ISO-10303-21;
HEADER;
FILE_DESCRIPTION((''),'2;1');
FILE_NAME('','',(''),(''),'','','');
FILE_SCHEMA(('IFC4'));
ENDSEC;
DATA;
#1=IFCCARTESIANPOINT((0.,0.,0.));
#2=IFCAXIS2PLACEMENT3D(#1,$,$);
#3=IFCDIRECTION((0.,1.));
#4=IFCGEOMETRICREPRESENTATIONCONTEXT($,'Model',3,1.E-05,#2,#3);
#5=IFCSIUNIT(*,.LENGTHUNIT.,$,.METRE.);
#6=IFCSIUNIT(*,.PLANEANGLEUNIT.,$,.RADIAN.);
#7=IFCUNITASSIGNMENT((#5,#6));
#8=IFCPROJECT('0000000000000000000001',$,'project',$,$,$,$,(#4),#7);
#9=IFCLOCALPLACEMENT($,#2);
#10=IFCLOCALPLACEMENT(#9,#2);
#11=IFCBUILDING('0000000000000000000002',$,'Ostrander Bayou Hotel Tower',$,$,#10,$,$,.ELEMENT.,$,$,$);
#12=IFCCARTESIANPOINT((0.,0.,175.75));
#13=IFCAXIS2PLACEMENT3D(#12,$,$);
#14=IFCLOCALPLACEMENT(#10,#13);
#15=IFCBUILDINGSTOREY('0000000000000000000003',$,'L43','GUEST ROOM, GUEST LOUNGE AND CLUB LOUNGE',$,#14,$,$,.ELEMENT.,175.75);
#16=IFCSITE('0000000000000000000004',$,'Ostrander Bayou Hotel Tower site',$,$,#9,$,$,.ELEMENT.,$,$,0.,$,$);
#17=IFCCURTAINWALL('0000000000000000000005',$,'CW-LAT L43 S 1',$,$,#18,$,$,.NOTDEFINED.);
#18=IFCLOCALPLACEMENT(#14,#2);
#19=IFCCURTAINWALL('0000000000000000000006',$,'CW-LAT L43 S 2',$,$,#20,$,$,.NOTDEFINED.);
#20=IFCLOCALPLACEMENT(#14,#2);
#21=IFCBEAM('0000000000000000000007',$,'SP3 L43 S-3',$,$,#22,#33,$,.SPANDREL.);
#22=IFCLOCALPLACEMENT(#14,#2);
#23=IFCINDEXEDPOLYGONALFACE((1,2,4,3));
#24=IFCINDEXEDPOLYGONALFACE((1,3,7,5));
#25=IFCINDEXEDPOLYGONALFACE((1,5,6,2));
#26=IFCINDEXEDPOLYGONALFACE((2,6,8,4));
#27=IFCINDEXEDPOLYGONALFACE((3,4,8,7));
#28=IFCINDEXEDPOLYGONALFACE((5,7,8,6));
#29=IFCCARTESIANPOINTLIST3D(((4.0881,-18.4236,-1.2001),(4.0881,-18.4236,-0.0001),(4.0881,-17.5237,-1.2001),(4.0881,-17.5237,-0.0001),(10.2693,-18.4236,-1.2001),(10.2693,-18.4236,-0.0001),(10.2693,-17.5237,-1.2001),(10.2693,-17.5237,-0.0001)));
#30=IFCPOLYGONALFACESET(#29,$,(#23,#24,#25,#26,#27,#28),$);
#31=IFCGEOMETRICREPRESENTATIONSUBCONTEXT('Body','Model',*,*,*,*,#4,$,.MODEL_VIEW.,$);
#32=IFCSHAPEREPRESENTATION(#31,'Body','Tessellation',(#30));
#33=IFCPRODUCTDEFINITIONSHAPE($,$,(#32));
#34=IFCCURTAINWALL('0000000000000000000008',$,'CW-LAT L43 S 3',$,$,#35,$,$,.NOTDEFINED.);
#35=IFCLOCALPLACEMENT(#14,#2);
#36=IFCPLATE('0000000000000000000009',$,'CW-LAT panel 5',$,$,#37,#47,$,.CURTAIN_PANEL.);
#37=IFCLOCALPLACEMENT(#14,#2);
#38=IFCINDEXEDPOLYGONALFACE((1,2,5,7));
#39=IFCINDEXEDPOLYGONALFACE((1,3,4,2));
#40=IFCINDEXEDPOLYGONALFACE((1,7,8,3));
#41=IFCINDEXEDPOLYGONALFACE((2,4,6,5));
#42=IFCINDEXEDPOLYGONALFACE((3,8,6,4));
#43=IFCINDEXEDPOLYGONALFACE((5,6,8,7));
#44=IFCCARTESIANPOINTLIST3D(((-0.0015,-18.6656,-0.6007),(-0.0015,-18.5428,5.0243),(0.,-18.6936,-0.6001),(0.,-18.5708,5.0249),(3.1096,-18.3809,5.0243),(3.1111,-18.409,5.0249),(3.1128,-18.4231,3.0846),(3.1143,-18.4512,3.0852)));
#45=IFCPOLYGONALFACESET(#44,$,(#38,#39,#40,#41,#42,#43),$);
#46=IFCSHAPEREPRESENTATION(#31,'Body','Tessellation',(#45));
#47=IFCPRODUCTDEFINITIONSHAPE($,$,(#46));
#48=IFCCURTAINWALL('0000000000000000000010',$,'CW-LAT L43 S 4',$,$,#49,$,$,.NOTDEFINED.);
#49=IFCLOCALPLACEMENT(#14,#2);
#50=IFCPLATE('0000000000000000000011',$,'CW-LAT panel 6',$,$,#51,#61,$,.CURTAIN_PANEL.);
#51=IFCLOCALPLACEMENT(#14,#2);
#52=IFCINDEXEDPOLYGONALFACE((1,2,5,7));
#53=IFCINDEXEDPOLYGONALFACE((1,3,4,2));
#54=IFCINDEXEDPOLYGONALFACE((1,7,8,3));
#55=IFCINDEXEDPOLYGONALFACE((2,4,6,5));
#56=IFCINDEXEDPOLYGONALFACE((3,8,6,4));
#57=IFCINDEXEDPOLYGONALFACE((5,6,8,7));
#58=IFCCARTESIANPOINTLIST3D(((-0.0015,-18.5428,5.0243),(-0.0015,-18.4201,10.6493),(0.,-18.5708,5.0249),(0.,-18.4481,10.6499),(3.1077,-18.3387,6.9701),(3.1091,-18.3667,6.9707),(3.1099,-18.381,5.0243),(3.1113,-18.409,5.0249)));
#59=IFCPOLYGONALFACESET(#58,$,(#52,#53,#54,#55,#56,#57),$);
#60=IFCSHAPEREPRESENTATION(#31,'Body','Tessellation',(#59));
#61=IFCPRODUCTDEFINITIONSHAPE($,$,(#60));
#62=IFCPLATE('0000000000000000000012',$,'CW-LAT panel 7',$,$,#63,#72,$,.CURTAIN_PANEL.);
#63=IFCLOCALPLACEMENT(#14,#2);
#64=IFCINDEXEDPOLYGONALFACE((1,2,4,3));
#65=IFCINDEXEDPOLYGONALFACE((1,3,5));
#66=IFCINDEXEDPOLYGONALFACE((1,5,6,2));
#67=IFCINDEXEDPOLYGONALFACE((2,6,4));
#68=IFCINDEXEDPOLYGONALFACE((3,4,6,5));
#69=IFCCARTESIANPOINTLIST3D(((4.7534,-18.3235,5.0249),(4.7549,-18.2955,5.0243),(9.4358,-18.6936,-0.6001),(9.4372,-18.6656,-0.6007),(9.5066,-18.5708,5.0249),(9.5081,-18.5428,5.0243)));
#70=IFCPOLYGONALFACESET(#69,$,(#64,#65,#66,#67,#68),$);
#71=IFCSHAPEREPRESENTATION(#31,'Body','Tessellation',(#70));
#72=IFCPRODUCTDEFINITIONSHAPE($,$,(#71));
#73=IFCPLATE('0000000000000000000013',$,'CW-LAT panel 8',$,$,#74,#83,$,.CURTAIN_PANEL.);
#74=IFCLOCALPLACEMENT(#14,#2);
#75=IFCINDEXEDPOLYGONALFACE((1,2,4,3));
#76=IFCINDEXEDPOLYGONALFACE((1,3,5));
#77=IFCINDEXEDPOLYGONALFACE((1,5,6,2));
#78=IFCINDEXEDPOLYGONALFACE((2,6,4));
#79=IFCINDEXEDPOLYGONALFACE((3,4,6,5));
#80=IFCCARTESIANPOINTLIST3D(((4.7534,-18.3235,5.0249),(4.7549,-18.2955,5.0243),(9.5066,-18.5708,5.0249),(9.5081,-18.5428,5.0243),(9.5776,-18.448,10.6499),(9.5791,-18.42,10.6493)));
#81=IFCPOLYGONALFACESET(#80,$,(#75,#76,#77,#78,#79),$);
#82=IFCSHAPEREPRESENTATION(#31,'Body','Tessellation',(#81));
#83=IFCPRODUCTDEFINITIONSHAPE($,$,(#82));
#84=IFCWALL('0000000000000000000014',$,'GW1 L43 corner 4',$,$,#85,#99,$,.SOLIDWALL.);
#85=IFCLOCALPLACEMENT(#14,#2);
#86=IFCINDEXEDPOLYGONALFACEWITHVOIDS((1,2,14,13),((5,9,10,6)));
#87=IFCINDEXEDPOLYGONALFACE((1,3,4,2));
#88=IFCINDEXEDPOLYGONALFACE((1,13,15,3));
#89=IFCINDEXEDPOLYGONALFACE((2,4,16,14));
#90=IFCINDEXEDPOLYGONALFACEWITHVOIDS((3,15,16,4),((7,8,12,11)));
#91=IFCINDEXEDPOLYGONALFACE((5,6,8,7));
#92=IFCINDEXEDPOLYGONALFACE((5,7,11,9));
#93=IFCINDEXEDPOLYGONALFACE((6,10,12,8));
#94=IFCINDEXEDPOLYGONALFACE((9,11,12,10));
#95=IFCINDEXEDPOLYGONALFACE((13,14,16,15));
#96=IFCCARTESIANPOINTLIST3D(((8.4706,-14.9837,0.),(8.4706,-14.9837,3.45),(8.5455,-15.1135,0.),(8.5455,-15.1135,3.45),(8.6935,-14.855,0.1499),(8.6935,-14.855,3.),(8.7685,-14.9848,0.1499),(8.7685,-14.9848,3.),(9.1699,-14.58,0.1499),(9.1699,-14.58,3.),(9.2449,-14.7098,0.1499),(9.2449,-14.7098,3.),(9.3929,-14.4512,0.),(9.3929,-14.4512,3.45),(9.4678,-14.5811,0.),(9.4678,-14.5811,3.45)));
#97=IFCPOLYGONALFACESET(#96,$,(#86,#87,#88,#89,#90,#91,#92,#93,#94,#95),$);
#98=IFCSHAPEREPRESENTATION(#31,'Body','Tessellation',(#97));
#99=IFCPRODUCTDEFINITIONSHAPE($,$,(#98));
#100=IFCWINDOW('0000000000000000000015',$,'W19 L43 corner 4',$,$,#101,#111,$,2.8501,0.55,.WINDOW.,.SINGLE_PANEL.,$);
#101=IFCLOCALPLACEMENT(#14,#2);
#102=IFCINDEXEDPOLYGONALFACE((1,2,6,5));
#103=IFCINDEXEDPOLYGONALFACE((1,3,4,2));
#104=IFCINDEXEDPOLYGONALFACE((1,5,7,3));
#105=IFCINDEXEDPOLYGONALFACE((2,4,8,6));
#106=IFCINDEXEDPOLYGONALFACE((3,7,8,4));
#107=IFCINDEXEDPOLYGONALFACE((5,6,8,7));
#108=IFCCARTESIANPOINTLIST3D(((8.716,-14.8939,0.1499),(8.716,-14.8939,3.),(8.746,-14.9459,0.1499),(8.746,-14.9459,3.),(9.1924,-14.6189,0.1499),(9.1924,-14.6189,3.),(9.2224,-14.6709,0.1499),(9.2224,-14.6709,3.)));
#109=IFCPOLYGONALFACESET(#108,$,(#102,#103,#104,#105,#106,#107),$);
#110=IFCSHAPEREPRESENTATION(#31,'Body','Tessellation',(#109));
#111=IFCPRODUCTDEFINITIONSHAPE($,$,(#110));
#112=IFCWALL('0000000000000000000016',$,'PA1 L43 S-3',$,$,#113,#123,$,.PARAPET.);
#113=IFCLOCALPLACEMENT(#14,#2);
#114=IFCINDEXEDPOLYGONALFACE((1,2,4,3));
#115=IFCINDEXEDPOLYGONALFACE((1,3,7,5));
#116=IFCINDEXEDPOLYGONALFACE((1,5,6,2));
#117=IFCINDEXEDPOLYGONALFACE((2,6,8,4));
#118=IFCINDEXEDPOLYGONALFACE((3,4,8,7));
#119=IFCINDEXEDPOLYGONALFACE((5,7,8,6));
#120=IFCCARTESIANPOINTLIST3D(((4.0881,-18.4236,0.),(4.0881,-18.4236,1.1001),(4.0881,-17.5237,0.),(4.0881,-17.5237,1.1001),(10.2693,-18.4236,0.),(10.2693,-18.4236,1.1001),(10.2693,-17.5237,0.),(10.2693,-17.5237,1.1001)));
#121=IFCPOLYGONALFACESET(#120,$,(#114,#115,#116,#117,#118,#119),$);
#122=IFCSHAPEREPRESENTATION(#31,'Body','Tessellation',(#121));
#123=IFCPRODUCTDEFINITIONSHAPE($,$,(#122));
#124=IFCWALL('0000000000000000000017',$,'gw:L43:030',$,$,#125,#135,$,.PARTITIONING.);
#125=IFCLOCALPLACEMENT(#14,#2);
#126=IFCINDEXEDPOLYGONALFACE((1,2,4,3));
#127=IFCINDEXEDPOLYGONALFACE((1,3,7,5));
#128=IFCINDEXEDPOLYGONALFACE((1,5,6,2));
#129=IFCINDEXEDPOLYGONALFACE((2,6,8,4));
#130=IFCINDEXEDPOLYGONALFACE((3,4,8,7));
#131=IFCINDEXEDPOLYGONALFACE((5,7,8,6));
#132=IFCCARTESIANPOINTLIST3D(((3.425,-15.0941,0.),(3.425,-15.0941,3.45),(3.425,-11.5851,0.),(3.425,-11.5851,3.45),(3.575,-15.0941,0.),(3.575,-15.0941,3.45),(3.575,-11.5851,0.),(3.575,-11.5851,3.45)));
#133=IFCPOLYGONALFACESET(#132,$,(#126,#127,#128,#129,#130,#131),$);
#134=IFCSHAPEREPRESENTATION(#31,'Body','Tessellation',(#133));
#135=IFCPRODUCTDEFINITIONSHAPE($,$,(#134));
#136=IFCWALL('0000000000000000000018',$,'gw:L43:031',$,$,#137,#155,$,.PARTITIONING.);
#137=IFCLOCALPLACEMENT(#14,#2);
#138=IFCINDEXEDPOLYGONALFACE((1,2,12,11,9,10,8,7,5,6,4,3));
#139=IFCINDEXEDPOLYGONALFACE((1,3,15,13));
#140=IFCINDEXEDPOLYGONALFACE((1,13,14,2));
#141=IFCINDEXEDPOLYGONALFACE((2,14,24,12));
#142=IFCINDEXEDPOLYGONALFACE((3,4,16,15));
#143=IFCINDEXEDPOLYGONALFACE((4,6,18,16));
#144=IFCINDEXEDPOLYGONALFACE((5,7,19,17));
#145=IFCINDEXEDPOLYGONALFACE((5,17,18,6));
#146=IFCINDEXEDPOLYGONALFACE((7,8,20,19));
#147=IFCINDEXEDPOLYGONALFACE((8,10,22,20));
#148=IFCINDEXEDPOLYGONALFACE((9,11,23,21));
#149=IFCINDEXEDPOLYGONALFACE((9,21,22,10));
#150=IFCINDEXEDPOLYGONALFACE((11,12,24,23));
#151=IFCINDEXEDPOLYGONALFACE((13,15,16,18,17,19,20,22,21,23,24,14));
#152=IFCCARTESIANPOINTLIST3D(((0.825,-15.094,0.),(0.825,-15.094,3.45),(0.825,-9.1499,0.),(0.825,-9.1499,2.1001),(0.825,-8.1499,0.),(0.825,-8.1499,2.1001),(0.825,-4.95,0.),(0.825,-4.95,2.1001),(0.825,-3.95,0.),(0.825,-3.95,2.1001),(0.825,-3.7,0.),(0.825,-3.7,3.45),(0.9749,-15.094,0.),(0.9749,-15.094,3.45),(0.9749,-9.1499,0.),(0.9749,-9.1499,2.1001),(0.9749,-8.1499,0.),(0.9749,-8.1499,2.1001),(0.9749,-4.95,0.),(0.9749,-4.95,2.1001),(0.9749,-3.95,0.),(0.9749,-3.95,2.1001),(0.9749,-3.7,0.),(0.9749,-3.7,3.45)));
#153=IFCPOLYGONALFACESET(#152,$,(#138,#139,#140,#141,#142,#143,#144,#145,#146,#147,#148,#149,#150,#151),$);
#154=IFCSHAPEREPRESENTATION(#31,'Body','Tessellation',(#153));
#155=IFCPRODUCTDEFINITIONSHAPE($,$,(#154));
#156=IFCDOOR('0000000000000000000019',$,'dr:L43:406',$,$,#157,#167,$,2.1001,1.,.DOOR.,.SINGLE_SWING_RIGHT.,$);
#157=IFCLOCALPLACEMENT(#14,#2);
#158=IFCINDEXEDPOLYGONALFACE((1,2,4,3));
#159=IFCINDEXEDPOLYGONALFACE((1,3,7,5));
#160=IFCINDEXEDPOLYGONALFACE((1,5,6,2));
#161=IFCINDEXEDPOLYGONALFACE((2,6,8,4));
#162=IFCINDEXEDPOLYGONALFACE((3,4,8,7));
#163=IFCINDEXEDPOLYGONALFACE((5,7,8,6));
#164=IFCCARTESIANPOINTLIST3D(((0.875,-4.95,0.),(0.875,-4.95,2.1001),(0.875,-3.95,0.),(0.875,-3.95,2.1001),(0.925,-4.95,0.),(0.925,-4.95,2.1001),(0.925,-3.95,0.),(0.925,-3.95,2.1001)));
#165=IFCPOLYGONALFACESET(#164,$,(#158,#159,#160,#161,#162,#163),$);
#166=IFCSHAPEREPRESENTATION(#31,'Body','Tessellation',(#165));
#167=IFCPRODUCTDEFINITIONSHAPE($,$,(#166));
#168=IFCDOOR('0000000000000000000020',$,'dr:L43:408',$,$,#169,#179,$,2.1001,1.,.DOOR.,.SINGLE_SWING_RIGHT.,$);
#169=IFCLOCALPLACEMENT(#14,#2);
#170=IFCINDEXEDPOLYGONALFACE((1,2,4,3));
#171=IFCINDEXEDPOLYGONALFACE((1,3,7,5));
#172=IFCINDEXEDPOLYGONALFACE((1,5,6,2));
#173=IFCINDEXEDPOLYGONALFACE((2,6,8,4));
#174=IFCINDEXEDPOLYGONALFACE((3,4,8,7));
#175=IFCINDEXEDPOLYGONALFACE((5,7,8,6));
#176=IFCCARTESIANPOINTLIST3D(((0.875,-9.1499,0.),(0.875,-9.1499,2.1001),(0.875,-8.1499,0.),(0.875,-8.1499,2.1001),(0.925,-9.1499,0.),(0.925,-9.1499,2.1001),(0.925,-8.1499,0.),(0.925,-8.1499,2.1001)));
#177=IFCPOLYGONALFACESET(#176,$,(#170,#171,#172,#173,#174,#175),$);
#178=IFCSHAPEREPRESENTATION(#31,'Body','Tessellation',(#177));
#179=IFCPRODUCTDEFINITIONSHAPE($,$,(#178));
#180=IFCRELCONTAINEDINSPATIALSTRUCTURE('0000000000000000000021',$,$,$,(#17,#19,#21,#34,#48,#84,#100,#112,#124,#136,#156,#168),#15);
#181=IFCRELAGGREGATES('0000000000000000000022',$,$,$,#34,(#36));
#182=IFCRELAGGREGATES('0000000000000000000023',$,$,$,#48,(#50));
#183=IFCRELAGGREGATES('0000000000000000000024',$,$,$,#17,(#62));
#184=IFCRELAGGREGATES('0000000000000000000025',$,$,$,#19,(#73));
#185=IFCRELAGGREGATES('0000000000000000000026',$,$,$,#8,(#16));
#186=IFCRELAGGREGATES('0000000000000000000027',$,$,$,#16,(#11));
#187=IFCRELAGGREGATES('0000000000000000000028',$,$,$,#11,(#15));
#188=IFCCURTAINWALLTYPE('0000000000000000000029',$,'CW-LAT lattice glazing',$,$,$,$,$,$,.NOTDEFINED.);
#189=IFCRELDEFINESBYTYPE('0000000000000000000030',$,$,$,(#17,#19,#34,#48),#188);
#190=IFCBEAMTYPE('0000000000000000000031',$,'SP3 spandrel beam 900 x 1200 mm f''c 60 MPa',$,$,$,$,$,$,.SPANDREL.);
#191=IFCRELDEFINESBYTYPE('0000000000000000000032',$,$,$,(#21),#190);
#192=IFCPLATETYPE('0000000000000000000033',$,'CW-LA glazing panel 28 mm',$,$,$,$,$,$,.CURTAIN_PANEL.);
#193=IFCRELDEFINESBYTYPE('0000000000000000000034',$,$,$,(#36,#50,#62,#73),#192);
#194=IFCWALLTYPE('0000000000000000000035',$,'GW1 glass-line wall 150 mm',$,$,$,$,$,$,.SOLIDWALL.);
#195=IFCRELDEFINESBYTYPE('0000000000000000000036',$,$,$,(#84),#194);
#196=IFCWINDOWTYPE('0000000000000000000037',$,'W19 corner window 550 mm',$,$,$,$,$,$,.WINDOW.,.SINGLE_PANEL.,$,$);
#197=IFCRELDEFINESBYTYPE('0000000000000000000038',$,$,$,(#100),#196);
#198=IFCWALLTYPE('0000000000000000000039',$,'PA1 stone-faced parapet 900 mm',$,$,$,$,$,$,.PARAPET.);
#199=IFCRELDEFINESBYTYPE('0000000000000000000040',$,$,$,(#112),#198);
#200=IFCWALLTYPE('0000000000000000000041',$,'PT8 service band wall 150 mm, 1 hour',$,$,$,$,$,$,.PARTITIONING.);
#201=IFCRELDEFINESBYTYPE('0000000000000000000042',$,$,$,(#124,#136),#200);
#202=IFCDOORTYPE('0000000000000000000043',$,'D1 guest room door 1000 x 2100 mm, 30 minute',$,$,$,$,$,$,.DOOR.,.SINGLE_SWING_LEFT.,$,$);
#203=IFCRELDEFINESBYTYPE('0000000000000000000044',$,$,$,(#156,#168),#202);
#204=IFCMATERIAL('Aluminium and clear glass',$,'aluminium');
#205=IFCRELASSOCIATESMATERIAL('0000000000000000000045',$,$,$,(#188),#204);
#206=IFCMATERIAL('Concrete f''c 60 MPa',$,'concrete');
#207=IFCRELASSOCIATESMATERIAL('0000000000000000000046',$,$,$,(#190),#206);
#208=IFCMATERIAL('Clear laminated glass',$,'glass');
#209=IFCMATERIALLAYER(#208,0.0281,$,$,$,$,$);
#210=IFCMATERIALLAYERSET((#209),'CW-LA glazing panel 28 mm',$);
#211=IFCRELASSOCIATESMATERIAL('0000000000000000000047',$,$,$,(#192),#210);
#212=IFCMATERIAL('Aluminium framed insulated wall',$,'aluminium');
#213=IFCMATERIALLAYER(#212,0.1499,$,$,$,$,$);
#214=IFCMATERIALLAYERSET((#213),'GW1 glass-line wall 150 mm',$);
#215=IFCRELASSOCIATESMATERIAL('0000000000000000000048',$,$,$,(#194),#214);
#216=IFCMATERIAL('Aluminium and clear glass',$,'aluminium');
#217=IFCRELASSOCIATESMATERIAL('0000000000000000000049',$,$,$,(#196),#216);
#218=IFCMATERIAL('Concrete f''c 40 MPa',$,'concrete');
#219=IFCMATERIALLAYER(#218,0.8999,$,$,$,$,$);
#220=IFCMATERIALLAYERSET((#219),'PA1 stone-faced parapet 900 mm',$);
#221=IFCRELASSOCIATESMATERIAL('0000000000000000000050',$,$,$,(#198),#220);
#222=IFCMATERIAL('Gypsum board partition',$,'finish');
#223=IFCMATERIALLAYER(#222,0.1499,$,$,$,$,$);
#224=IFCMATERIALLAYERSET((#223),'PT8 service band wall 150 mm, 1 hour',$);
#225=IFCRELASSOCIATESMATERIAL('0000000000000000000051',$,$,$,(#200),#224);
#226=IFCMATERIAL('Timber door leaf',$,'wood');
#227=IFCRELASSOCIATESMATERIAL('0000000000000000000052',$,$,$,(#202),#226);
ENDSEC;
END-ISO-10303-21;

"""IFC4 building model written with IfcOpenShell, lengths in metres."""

from ifc_helpers import new_model, si_unit, direction, frame, frame_2d, origin, origin_2d, place, context, subcontext, project, spatial, polyline, rectangle, outline, extrude, material, layer, layer_set, material_profile, profile_set, type_object, element, fill, aggregate, save


model = new_model("IFC4")

# Units and contexts
model_context = context("Model", 3, precision=1e-05, world=origin(), true_north=direction((0.0, 1.0)))
body_context = subcontext(model_context, "Body", "Model", "MODEL_VIEW")
ifc_project = project(units=[si_unit("LENGTHUNIT", "METRE"), si_unit("PLANEANGLEUNIT", "RADIAN")], contexts=[model_context])

# Site, building, storey
site_placement = place(None, origin())
site = spatial("IfcSite", under=ifc_project, at=site_placement, Name="Ostrander Bayou Hotel Tower site", CompositionType="ELEMENT", RefElevation=0.0)
building_placement = place(site_placement, origin())
building = spatial("IfcBuilding", under=site, at=building_placement, Name="Ostrander Bayou Hotel Tower", CompositionType="ELEMENT")
storey_placement = place(building_placement, frame((0.0, 0.0, 175.75)))
storey = spatial("IfcBuildingStorey", under=building, at=storey_placement, Name="L43", Description="GUEST ROOM, GUEST LOUNGE AND CLUB LOUNGE", CompositionType="ELEMENT", Elevation=175.75)

# Curtain walls
ifc_material_1 = material(Name="Aluminium and clear glass", Category="aluminium")
curtain_wall_type = type_object("IfcCurtainWallType", Name="CW-LAT lattice glazing", PredefinedType="NOTDEFINED", material=ifc_material_1)
curtain_wall_1_placement = place(storey_placement, origin())
curtain_wall_1 = element("IfcCurtainWall", 1, at=curtain_wall_1_placement, inside=storey, type_object=curtain_wall_type, Name="CW-LAT L43 S 1", PredefinedType="NOTDEFINED")
curtain_wall_2_placement = place(storey_placement, origin())
curtain_wall_2 = element("IfcCurtainWall", 2, at=curtain_wall_2_placement, inside=storey, type_object=curtain_wall_type, Name="CW-LAT L43 S 2", PredefinedType="NOTDEFINED")

# Beam
ifc_material_2 = material(Name="Concrete f'c 60 MPa", Category="concrete")
ifc_material_profile_1 = material_profile(ifc_material_2, rectangle(XDim=0.8999, YDim=1.2, at=origin_2d()))
ifc_profile_set_1 = profile_set([ifc_material_profile_1], Name="Concrete f'c 60 MPa")
beam_type_1 = type_object("IfcBeamType", Name="SP3 spandrel beam 900 x 1200 mm f'c 60 MPa", PredefinedType="SPANDREL", material=ifc_profile_set_1)
beam_1_placement = place(storey_placement, frame((4.0881, -17.9736, -0.6001), z_axis=(1.0, 0.0, 0.0), x_axis=(0.0, 1.0, 0.0)))
element("IfcBeam", 3, at=beam_1_placement, inside=storey, type_object=beam_type_1, Name="SP3 L43 S-3", PredefinedType="SPANDREL", context=body_context, shape_type="SweptSolid", body=[
    extrude(rectangle(XDim=0.8999, YDim=1.2, at=origin_2d()), origin(), (0.0, 0.0, 1.0), 6.1812),
])

# Curtain walls, plates
curtain_wall_3_placement = place(storey_placement, origin())
curtain_wall_3 = element("IfcCurtainWall", 4, at=curtain_wall_3_placement, inside=storey, type_object=curtain_wall_type, Name="CW-LAT L43 S 3", PredefinedType="NOTDEFINED")
ifc_material_3 = material(Name="Clear laminated glass", Category="glass")
ifc_layer_1 = layer(ifc_material_3, 0.0281)
ifc_layer_set_1 = layer_set([ifc_layer_1], Name="CW-LA glazing panel 28 mm")
plate_type = type_object("IfcPlateType", Name="CW-LA glazing panel 28 mm", PredefinedType="CURTAIN_PANEL", material=ifc_layer_set_1)
plate_1_placement = place(storey_placement, frame((3.1143, -18.4512, 3.0852), z_axis=(0.051933, -0.998413, 0.021804), x_axis=(-0.644636, -0.050191, -0.76284)))
plate_1 = element("IfcPlate", 5, at=plate_1_placement, type_object=plate_type, Name="CW-LAT panel 5", PredefinedType="CURTAIN_PANEL", context=body_context, shape_type="SweptSolid", body=[
    extrude(outline(polyline([(0.0, 0.0), (4.831, 0.0), (0.5339, -3.6318), (-1.4798, -1.2548), (0.0, 0.0)])), origin(), (0.0, 0.0, -1.0), 0.0281),
])
aggregate(curtain_wall_3, [plate_1])
curtain_wall_4_placement = place(storey_placement, origin())
curtain_wall_4 = element("IfcCurtainWall", 6, at=curtain_wall_4_placement, inside=storey, type_object=curtain_wall_type, Name="CW-LAT L43 S 4", PredefinedType="NOTDEFINED")
plate_2_placement = place(storey_placement, frame((3.1091, -18.3667, 6.9707), z_axis=(0.051911, -0.998414, 0.02178), x_axis=(-0.645361, -0.016895, 0.763691)))
plate_2 = element("IfcPlate", 7, at=plate_2_placement, type_object=plate_type, Name="CW-LAT panel 6", PredefinedType="CURTAIN_PANEL", context=body_context, shape_type="SweptSolid", body=[
    extrude(outline(polyline([(0.0, 0.0), (4.8177, 0.0), (0.524, 3.6359), (-1.4867, 1.2561), (0.0, 0.0)])), origin(), (0.0, 0.0, -1.0), 0.0281),
])
aggregate(curtain_wall_4, [plate_2])

# Plates
plate_3_placement = place(storey_placement, frame((4.7534, -18.3235, 5.0249), z_axis=(-0.051948, -0.998397, 0.02245), x_axis=(0.638954, -0.050506, -0.767585)))
plate_3 = element("IfcPlate", 8, at=plate_3_placement, type_object=plate_type, Name="CW-LAT panel 7", PredefinedType="CURTAIN_PANEL", context=body_context, shape_type="SweptSolid", body=[
    extrude(outline(polyline([(0.0, 0.0), (7.3282, 0.0), (3.0496, 3.6543), (0.0, 0.0)])), origin(), (0.0, 0.0, -1.0), 0.0281),
])
aggregate(curtain_wall_1, [plate_3])
plate_4_placement = place(storey_placement, frame((4.7534, -18.3235, 5.0249), z_axis=(-0.051948, -0.998397, 0.022453), x_axis=(0.650917, -0.0168, 0.758963)))
plate_4 = element("IfcPlate", 9, at=plate_4_placement, type_object=plate_type, Name="CW-LAT panel 8", PredefinedType="CURTAIN_PANEL", context=body_context, shape_type="SweptSolid", body=[
    extrude(outline(polyline([(0.0, 0.0), (7.4114, 0.0), (3.0981, -3.6133), (0.0, 0.0)])), origin(), (0.0, 0.0, -1.0), 0.0281),
])
aggregate(curtain_wall_2, [plate_4])

# Wall, opening, window
ifc_material_4 = material(Name="Aluminium framed insulated wall", Category="aluminium")
ifc_layer_2 = layer(ifc_material_4, 0.1499)
ifc_layer_set_2 = layer_set([ifc_layer_2], Name="GW1 glass-line wall 150 mm")
wall_type_1 = type_object("IfcWallType", Name="GW1 glass-line wall 150 mm", PredefinedType="SOLIDWALL", material=ifc_layer_set_2)
wall_1_placement = place(storey_placement, frame((8.5081, -15.0486, 0.0), z_axis=(0.0, 0.0, 1.0), x_axis=(0.866048, 0.499961, 0.0)))
wall_1 = element("IfcWall", 10, at=wall_1_placement, inside=storey, type_object=wall_type_1, Name="GW1 L43 corner 4", PredefinedType="SOLIDWALL", context=body_context, shape_type="SweptSolid", body=[
    extrude(rectangle(XDim=1.0649, YDim=0.1499, at=frame_2d((0.5325, 0.0))), origin(), (0.0, 0.0, 1.0), 3.45),
])
opening_1_placement = place(wall_1_placement, frame((0.2576, 0.0, 0.1499)))
opening_1 = element("IfcOpeningElement", 11, at=opening_1_placement, cuts=wall_1, PredefinedType="OPENING", context=body_context, shape_type="SweptSolid", body=[
    extrude(rectangle(XDim=0.55, YDim=2.8501, at=frame_2d((0.2749, 1.425))), frame((0.0, 0.075, 0.0), z_axis=(0.0, -1.0, 0.0), x_axis=(1.0, 0.0, 0.0)), (0.0, 0.0, 1.0), 0.1499),
])
ifc_material_5 = material(Name="Aluminium and clear glass", Category="aluminium")
window_type = type_object("IfcWindowType", Name="W19 corner window 550 mm", PartitioningType="SINGLE_PANEL", PredefinedType="WINDOW", material=ifc_material_5)
window_placement = place(opening_1_placement, origin())
window = element("IfcWindow", 12, at=window_placement, inside=storey, type_object=window_type, Name="W19 L43 corner 4", OverallHeight=2.8501, OverallWidth=0.55, PartitioningType="SINGLE_PANEL", PredefinedType="WINDOW", context=body_context, shape_type="SweptSolid", body=[
    extrude(rectangle(XDim=0.55, YDim=2.8501, at=frame_2d((0.2749, 1.425))), frame((0.0, 0.03, 0.0), z_axis=(0.0, -1.0, 0.0), x_axis=(1.0, 0.0, 0.0)), (0.0, 0.0, 1.0), 0.0601),
])
fill(opening_1, window)

# Walls
ifc_material_6 = material(Name="Concrete f'c 40 MPa", Category="concrete")
ifc_layer_3 = layer(ifc_material_6, 0.8999)
ifc_layer_set_3 = layer_set([ifc_layer_3], Name="PA1 stone-faced parapet 900 mm")
wall_type_2 = type_object("IfcWallType", Name="PA1 stone-faced parapet 900 mm", PredefinedType="PARAPET", material=ifc_layer_set_3)
wall_2_placement = place(storey_placement, frame((4.0881, -17.9736, 0.0), z_axis=(0.0, 0.0, 1.0), x_axis=(1.0, 0.0, 0.0)))
element("IfcWall", 13, at=wall_2_placement, inside=storey, type_object=wall_type_2, Name="PA1 L43 S-3", PredefinedType="PARAPET", context=body_context, shape_type="SweptSolid", body=[
    extrude(rectangle(XDim=6.1812, YDim=0.8999, at=frame_2d((3.0906, 0.0))), origin(), (0.0, 0.0, 1.0), 1.1001),
])
ifc_material_7 = material(Name="Gypsum board partition", Category="finish")
ifc_layer_4 = layer(ifc_material_7, 0.1499)
ifc_layer_set_4 = layer_set([ifc_layer_4], Name="PT8 service band wall 150 mm, 1 hour")
wall_type_3 = type_object("IfcWallType", Name="PT8 service band wall 150 mm, 1 hour", PredefinedType="PARTITIONING", material=ifc_layer_set_4)
wall_3_placement = place(storey_placement, frame((3.5, -15.094, 0.0), z_axis=(0.0, 0.0, 1.0), x_axis=(0.0, 1.0, 0.0)))
element("IfcWall", 14, at=wall_3_placement, inside=storey, type_object=wall_type_3, Name="gw:L43:030", PredefinedType="PARTITIONING", context=body_context, shape_type="SweptSolid", body=[
    extrude(rectangle(XDim=3.509, YDim=0.1499, at=frame_2d((1.7544, 0.0))), origin(), (0.0, 0.0, 1.0), 3.45),
])

# Wall, openings, doors
wall_4_placement = place(storey_placement, frame((0.8999, -15.094, 0.0), z_axis=(0.0, 0.0, 1.0), x_axis=(0.0, 1.0, 0.0)))
wall_4 = element("IfcWall", 15, at=wall_4_placement, inside=storey, type_object=wall_type_3, Name="gw:L43:031", PredefinedType="PARTITIONING", context=body_context, shape_type="SweptSolid", body=[
    extrude(rectangle(XDim=11.394, YDim=0.1499, at=frame_2d((5.697, 0.0))), origin(), (0.0, 0.0, 1.0), 3.45),
])
opening_2_placement = place(wall_4_placement, frame((10.144, 0.0, 0.0)))
opening_2 = element("IfcOpeningElement", 16, at=opening_2_placement, cuts=wall_4, PredefinedType="OPENING", context=body_context, shape_type="SweptSolid", body=[
    extrude(rectangle(XDim=1.0, YDim=2.1001, at=frame_2d((0.5, 1.05))), frame((0.0, 0.075, 0.0), z_axis=(0.0, -1.0, 0.0), x_axis=(1.0, 0.0, 0.0)), (0.0, 0.0, 1.0), 0.1499),
])
opening_3_placement = place(wall_4_placement, frame((5.9441, 0.0, 0.0)))
opening_3 = element("IfcOpeningElement", 17, at=opening_3_placement, cuts=wall_4, PredefinedType="OPENING", context=body_context, shape_type="SweptSolid", body=[
    extrude(rectangle(XDim=1.0, YDim=2.1001, at=frame_2d((0.5, 1.05))), frame((0.0, 0.075, 0.0), z_axis=(0.0, -1.0, 0.0), x_axis=(1.0, 0.0, 0.0)), (0.0, 0.0, 1.0), 0.1499),
])
ifc_material_8 = material(Name="Timber door leaf", Category="wood")
door_type = type_object("IfcDoorType", Name="D1 guest room door 1000 x 2100 mm, 30 minute", OperationType="SINGLE_SWING_LEFT", PredefinedType="DOOR", material=ifc_material_8)
door_1_placement = place(opening_2_placement, origin())
door_1 = element("IfcDoor", 18, at=door_1_placement, inside=storey, type_object=door_type, Name="dr:L43:406", OperationType="SINGLE_SWING_RIGHT", OverallHeight=2.1001, OverallWidth=1.0, PredefinedType="DOOR", context=body_context, shape_type="SweptSolid", body=[
    extrude(rectangle(XDim=1.0, YDim=2.1001, at=frame_2d((0.5, 1.05))), frame((0.0, 0.0249, 0.0), z_axis=(0.0, -1.0, 0.0), x_axis=(1.0, 0.0, 0.0)), (0.0, 0.0, 1.0), 0.05),
])
fill(opening_2, door_1)
door_2_placement = place(opening_3_placement, origin())
door_2 = element("IfcDoor", 19, at=door_2_placement, inside=storey, type_object=door_type, Name="dr:L43:408", OperationType="SINGLE_SWING_RIGHT", OverallHeight=2.1001, OverallWidth=1.0, PredefinedType="DOOR", context=body_context, shape_type="SweptSolid", body=[
    extrude(rectangle(XDim=1.0, YDim=2.1001, at=frame_2d((0.5, 1.05))), frame((0.0, 0.0249, 0.0), z_axis=(0.0, -1.0, 0.0), x_axis=(1.0, 0.0, 0.0)), (0.0, 0.0, 1.0), 0.05),
])
fill(opening_3, door_2)

save(model, "model.ifc")
